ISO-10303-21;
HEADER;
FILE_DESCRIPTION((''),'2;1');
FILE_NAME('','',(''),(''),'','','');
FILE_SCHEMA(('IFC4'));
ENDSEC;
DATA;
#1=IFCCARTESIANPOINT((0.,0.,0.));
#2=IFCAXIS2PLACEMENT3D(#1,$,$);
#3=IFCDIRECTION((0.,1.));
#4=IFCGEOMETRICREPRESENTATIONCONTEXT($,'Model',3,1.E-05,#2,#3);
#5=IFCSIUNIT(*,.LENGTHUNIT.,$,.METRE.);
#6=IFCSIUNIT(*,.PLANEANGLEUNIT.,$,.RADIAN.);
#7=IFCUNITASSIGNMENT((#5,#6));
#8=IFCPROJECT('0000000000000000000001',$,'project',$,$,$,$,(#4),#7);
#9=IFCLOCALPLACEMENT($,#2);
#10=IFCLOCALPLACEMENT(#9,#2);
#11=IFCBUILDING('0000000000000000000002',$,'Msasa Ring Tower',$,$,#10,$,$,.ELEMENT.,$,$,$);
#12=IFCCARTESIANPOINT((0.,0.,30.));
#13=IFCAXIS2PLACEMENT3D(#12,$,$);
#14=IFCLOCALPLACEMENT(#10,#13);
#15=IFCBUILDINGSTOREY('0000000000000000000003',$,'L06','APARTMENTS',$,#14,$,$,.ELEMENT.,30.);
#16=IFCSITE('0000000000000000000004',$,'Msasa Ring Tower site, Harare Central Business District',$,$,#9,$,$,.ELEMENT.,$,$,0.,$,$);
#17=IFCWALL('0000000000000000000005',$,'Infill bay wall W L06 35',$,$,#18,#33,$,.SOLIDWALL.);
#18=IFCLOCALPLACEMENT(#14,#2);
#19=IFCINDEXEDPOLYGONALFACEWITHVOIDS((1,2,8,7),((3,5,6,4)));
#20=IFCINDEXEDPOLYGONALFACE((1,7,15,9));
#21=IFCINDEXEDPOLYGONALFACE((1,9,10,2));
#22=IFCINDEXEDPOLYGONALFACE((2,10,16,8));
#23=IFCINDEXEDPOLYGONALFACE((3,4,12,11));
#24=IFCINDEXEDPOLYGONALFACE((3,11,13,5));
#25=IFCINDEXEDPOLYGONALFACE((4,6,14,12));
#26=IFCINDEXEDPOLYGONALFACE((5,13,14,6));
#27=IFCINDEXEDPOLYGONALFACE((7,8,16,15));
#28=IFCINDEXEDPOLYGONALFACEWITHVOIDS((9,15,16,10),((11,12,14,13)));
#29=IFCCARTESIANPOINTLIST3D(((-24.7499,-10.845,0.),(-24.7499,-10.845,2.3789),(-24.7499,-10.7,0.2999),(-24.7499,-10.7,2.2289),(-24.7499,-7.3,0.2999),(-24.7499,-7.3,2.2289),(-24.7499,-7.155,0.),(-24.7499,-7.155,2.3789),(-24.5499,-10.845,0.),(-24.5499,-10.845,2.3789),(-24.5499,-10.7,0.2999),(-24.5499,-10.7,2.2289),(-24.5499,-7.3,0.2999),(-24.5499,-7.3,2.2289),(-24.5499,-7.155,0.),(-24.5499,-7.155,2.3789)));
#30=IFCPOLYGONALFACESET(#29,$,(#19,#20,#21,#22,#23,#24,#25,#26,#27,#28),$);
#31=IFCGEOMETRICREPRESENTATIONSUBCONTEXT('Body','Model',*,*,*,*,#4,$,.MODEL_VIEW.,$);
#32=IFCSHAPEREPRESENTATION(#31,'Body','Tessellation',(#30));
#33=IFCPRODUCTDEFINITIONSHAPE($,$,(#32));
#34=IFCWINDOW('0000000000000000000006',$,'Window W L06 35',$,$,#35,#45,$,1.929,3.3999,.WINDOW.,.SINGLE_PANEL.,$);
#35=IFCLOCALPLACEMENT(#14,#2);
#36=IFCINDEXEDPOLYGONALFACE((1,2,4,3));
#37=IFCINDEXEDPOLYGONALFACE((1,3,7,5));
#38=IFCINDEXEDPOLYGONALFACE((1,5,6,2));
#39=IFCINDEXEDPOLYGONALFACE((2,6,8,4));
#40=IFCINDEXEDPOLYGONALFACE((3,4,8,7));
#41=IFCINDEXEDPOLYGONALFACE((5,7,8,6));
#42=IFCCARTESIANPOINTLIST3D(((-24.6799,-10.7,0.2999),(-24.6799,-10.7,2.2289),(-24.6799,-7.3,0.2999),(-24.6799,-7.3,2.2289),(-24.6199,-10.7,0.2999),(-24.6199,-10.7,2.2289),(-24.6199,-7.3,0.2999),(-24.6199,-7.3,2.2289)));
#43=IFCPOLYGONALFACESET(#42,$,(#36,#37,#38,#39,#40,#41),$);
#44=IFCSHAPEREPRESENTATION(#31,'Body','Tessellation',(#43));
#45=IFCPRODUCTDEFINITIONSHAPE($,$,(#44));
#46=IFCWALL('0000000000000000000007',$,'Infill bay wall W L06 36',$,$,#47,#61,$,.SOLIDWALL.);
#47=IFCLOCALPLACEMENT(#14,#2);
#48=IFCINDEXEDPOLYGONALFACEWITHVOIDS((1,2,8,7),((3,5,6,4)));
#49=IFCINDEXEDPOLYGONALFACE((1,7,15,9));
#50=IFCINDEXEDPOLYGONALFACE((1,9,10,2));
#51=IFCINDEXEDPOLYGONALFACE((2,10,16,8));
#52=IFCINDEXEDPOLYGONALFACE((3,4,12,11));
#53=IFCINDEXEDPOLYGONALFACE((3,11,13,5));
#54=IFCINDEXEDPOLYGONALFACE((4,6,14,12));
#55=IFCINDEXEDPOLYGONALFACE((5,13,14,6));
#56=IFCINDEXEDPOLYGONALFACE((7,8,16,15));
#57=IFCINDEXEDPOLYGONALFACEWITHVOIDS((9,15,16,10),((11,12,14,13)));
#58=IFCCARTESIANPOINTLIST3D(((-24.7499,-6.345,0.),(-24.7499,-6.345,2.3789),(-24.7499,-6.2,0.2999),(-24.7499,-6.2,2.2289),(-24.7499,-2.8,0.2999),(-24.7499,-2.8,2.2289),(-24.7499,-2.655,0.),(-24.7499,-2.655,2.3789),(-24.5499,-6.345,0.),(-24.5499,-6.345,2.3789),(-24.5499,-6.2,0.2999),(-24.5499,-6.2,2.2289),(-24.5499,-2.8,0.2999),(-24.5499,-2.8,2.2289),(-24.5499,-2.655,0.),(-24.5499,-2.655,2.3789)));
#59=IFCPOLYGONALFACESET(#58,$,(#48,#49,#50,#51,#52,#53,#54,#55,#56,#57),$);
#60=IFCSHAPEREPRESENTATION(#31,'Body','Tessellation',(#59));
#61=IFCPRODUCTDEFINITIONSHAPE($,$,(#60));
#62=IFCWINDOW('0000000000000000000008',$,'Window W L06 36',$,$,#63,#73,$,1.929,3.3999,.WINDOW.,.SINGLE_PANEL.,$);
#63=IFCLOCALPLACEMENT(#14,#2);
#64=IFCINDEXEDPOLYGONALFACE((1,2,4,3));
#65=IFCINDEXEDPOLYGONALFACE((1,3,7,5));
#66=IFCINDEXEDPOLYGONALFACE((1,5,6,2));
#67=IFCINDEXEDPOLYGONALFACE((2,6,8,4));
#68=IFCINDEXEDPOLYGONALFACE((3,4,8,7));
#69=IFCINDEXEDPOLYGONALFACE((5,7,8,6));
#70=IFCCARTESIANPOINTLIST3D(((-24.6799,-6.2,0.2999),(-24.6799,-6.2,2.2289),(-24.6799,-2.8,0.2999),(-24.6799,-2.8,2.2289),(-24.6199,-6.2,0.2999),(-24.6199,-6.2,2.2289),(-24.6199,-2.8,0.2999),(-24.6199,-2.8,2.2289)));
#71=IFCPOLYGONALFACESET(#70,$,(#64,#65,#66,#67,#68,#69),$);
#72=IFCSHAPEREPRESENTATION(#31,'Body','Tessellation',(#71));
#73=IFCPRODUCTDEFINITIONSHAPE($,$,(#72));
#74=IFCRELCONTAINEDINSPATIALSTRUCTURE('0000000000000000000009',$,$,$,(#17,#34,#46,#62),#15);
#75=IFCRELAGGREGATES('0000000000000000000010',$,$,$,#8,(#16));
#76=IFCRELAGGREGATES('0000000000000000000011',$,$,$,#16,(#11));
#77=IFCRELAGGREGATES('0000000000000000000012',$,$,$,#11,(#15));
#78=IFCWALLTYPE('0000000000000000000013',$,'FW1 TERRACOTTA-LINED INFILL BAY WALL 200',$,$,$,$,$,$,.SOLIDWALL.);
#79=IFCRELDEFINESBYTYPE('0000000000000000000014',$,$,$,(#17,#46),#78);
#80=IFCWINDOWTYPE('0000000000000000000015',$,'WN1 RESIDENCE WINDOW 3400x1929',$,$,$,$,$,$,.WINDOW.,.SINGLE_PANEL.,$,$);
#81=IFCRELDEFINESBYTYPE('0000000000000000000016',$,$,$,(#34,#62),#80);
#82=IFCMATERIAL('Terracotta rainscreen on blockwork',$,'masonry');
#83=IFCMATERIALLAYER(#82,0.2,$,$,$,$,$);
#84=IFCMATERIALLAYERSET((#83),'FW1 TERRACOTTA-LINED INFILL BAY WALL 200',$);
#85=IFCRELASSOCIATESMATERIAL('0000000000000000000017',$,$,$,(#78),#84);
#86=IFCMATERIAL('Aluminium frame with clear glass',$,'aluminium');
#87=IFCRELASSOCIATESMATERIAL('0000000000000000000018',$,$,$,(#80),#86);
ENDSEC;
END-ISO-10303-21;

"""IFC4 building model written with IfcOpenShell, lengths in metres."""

from ifc_helpers import new_model, si_unit, direction, frame, frame_2d, origin, place, context, subcontext, project, spatial, rectangle, extrude, material, layer, layer_set, type_object, element, fill, save


model = new_model("IFC4")

# Units and contexts
model_context = context("Model", 3, precision=1e-05, world=origin(), true_north=direction((0.0, 1.0)))
body_context = subcontext(model_context, "Body", "Model", "MODEL_VIEW")
ifc_project = project(units=[si_unit("LENGTHUNIT", "METRE"), si_unit("PLANEANGLEUNIT", "RADIAN")], contexts=[model_context])

# Site, building, storey
site_placement = place(None, origin())
site = spatial("IfcSite", under=ifc_project, at=site_placement, Name="Msasa Ring Tower site, Harare Central Business District", CompositionType="ELEMENT", RefElevation=0.0)
building_placement = place(site_placement, origin())
building = spatial("IfcBuilding", under=site, at=building_placement, Name="Msasa Ring Tower", CompositionType="ELEMENT")
storey_placement = place(building_placement, frame((0.0, 0.0, 30.0)))
storey = spatial("IfcBuildingStorey", under=building, at=storey_placement, Name="L06", Description="APARTMENTS", CompositionType="ELEMENT", Elevation=30.0)

# Walls, openings, windows
ifc_material_1 = material(Name="Terracotta rainscreen on blockwork", Category="masonry")
ifc_layer = layer(ifc_material_1, 0.2)
ifc_layer_set = layer_set([ifc_layer], Name="FW1 TERRACOTTA-LINED INFILL BAY WALL 200")
wall_type = type_object("IfcWallType", Name="FW1 TERRACOTTA-LINED INFILL BAY WALL 200", PredefinedType="SOLIDWALL", material=ifc_layer_set)
wall_1_placement = place(storey_placement, frame((-24.6499, -10.845, 0.0), z_axis=(0.0, 0.0, 1.0), x_axis=(0.0, 1.0, 0.0)))
wall_1 = element("IfcWall", 1, at=wall_1_placement, inside=storey, type_object=wall_type, Name="Infill bay wall W L06 35", PredefinedType="SOLIDWALL", context=body_context, shape_type="SweptSolid", body=[
    extrude(rectangle(XDim=3.6899, YDim=0.2, at=frame_2d((1.845, 0.0))), origin(), (0.0, 0.0, 1.0), 2.3789),
])
opening_1_placement = place(wall_1_placement, frame((0.145, 0.0, 0.3)))
opening_1 = element("IfcOpeningElement", 2, at=opening_1_placement, cuts=wall_1, PredefinedType="OPENING", context=body_context, shape_type="SweptSolid", body=[
    extrude(rectangle(XDim=3.3999, YDim=1.929, at=frame_2d((1.7, 0.9644))), frame((0.0, 0.1099, 0.0), z_axis=(0.0, -1.0, 0.0), x_axis=(1.0, 0.0, 0.0)), (0.0, 0.0, 1.0), 0.22),
])
ifc_material_2 = material(Name="Aluminium frame with clear glass", Category="aluminium")
window_type = type_object("IfcWindowType", Name="WN1 RESIDENCE WINDOW 3400x1929", PartitioningType="SINGLE_PANEL", PredefinedType="WINDOW", material=ifc_material_2)
window_1_placement = place(opening_1_placement, origin())
window_1 = element("IfcWindow", 3, at=window_1_placement, inside=storey, type_object=window_type, Name="Window W L06 35", OverallHeight=1.929, OverallWidth=3.3999, PartitioningType="SINGLE_PANEL", PredefinedType="WINDOW", context=body_context, shape_type="SweptSolid", body=[
    extrude(rectangle(XDim=3.3999, YDim=1.929, at=frame_2d((1.7, 0.9644))), frame((0.0, 0.03, 0.0), z_axis=(0.0, -1.0, 0.0), x_axis=(1.0, 0.0, 0.0)), (0.0, 0.0, 1.0), 0.0601),
])
fill(opening_1, window_1)
wall_2_placement = place(storey_placement, frame((-24.6499, -6.345, 0.0), z_axis=(0.0, 0.0, 1.0), x_axis=(0.0, 1.0, 0.0)))
wall_2 = element("IfcWall", 4, at=wall_2_placement, inside=storey, type_object=wall_type, Name="Infill bay wall W L06 36", PredefinedType="SOLIDWALL", context=body_context, shape_type="SweptSolid", body=[
    extrude(rectangle(XDim=3.6899, YDim=0.2, at=frame_2d((1.845, 0.0))), origin(), (0.0, 0.0, 1.0), 2.3789),
])
opening_2_placement = place(wall_2_placement, frame((0.145, 0.0, 0.3)))
opening_2 = element("IfcOpeningElement", 5, at=opening_2_placement, cuts=wall_2, PredefinedType="OPENING", context=body_context, shape_type="SweptSolid", body=[
    extrude(rectangle(XDim=3.3999, YDim=1.929, at=frame_2d((1.7, 0.9644))), frame((0.0, 0.1099, 0.0), z_axis=(0.0, -1.0, 0.0), x_axis=(1.0, 0.0, 0.0)), (0.0, 0.0, 1.0), 0.22),
])
window_2_placement = place(opening_2_placement, origin())
window_2 = element("IfcWindow", 6, at=window_2_placement, inside=storey, type_object=window_type, Name="Window W L06 36", OverallHeight=1.929, OverallWidth=3.3999, PartitioningType="SINGLE_PANEL", PredefinedType="WINDOW", context=body_context, shape_type="SweptSolid", body=[
    extrude(rectangle(XDim=3.3999, YDim=1.929, at=frame_2d((1.7, 0.9644))), frame((0.0, 0.03, 0.0), z_axis=(0.0, -1.0, 0.0), x_axis=(1.0, 0.0, 0.0)), (0.0, 0.0, 1.0), 0.0601),
])
fill(opening_2, window_2)

save(model, "model.ifc")
